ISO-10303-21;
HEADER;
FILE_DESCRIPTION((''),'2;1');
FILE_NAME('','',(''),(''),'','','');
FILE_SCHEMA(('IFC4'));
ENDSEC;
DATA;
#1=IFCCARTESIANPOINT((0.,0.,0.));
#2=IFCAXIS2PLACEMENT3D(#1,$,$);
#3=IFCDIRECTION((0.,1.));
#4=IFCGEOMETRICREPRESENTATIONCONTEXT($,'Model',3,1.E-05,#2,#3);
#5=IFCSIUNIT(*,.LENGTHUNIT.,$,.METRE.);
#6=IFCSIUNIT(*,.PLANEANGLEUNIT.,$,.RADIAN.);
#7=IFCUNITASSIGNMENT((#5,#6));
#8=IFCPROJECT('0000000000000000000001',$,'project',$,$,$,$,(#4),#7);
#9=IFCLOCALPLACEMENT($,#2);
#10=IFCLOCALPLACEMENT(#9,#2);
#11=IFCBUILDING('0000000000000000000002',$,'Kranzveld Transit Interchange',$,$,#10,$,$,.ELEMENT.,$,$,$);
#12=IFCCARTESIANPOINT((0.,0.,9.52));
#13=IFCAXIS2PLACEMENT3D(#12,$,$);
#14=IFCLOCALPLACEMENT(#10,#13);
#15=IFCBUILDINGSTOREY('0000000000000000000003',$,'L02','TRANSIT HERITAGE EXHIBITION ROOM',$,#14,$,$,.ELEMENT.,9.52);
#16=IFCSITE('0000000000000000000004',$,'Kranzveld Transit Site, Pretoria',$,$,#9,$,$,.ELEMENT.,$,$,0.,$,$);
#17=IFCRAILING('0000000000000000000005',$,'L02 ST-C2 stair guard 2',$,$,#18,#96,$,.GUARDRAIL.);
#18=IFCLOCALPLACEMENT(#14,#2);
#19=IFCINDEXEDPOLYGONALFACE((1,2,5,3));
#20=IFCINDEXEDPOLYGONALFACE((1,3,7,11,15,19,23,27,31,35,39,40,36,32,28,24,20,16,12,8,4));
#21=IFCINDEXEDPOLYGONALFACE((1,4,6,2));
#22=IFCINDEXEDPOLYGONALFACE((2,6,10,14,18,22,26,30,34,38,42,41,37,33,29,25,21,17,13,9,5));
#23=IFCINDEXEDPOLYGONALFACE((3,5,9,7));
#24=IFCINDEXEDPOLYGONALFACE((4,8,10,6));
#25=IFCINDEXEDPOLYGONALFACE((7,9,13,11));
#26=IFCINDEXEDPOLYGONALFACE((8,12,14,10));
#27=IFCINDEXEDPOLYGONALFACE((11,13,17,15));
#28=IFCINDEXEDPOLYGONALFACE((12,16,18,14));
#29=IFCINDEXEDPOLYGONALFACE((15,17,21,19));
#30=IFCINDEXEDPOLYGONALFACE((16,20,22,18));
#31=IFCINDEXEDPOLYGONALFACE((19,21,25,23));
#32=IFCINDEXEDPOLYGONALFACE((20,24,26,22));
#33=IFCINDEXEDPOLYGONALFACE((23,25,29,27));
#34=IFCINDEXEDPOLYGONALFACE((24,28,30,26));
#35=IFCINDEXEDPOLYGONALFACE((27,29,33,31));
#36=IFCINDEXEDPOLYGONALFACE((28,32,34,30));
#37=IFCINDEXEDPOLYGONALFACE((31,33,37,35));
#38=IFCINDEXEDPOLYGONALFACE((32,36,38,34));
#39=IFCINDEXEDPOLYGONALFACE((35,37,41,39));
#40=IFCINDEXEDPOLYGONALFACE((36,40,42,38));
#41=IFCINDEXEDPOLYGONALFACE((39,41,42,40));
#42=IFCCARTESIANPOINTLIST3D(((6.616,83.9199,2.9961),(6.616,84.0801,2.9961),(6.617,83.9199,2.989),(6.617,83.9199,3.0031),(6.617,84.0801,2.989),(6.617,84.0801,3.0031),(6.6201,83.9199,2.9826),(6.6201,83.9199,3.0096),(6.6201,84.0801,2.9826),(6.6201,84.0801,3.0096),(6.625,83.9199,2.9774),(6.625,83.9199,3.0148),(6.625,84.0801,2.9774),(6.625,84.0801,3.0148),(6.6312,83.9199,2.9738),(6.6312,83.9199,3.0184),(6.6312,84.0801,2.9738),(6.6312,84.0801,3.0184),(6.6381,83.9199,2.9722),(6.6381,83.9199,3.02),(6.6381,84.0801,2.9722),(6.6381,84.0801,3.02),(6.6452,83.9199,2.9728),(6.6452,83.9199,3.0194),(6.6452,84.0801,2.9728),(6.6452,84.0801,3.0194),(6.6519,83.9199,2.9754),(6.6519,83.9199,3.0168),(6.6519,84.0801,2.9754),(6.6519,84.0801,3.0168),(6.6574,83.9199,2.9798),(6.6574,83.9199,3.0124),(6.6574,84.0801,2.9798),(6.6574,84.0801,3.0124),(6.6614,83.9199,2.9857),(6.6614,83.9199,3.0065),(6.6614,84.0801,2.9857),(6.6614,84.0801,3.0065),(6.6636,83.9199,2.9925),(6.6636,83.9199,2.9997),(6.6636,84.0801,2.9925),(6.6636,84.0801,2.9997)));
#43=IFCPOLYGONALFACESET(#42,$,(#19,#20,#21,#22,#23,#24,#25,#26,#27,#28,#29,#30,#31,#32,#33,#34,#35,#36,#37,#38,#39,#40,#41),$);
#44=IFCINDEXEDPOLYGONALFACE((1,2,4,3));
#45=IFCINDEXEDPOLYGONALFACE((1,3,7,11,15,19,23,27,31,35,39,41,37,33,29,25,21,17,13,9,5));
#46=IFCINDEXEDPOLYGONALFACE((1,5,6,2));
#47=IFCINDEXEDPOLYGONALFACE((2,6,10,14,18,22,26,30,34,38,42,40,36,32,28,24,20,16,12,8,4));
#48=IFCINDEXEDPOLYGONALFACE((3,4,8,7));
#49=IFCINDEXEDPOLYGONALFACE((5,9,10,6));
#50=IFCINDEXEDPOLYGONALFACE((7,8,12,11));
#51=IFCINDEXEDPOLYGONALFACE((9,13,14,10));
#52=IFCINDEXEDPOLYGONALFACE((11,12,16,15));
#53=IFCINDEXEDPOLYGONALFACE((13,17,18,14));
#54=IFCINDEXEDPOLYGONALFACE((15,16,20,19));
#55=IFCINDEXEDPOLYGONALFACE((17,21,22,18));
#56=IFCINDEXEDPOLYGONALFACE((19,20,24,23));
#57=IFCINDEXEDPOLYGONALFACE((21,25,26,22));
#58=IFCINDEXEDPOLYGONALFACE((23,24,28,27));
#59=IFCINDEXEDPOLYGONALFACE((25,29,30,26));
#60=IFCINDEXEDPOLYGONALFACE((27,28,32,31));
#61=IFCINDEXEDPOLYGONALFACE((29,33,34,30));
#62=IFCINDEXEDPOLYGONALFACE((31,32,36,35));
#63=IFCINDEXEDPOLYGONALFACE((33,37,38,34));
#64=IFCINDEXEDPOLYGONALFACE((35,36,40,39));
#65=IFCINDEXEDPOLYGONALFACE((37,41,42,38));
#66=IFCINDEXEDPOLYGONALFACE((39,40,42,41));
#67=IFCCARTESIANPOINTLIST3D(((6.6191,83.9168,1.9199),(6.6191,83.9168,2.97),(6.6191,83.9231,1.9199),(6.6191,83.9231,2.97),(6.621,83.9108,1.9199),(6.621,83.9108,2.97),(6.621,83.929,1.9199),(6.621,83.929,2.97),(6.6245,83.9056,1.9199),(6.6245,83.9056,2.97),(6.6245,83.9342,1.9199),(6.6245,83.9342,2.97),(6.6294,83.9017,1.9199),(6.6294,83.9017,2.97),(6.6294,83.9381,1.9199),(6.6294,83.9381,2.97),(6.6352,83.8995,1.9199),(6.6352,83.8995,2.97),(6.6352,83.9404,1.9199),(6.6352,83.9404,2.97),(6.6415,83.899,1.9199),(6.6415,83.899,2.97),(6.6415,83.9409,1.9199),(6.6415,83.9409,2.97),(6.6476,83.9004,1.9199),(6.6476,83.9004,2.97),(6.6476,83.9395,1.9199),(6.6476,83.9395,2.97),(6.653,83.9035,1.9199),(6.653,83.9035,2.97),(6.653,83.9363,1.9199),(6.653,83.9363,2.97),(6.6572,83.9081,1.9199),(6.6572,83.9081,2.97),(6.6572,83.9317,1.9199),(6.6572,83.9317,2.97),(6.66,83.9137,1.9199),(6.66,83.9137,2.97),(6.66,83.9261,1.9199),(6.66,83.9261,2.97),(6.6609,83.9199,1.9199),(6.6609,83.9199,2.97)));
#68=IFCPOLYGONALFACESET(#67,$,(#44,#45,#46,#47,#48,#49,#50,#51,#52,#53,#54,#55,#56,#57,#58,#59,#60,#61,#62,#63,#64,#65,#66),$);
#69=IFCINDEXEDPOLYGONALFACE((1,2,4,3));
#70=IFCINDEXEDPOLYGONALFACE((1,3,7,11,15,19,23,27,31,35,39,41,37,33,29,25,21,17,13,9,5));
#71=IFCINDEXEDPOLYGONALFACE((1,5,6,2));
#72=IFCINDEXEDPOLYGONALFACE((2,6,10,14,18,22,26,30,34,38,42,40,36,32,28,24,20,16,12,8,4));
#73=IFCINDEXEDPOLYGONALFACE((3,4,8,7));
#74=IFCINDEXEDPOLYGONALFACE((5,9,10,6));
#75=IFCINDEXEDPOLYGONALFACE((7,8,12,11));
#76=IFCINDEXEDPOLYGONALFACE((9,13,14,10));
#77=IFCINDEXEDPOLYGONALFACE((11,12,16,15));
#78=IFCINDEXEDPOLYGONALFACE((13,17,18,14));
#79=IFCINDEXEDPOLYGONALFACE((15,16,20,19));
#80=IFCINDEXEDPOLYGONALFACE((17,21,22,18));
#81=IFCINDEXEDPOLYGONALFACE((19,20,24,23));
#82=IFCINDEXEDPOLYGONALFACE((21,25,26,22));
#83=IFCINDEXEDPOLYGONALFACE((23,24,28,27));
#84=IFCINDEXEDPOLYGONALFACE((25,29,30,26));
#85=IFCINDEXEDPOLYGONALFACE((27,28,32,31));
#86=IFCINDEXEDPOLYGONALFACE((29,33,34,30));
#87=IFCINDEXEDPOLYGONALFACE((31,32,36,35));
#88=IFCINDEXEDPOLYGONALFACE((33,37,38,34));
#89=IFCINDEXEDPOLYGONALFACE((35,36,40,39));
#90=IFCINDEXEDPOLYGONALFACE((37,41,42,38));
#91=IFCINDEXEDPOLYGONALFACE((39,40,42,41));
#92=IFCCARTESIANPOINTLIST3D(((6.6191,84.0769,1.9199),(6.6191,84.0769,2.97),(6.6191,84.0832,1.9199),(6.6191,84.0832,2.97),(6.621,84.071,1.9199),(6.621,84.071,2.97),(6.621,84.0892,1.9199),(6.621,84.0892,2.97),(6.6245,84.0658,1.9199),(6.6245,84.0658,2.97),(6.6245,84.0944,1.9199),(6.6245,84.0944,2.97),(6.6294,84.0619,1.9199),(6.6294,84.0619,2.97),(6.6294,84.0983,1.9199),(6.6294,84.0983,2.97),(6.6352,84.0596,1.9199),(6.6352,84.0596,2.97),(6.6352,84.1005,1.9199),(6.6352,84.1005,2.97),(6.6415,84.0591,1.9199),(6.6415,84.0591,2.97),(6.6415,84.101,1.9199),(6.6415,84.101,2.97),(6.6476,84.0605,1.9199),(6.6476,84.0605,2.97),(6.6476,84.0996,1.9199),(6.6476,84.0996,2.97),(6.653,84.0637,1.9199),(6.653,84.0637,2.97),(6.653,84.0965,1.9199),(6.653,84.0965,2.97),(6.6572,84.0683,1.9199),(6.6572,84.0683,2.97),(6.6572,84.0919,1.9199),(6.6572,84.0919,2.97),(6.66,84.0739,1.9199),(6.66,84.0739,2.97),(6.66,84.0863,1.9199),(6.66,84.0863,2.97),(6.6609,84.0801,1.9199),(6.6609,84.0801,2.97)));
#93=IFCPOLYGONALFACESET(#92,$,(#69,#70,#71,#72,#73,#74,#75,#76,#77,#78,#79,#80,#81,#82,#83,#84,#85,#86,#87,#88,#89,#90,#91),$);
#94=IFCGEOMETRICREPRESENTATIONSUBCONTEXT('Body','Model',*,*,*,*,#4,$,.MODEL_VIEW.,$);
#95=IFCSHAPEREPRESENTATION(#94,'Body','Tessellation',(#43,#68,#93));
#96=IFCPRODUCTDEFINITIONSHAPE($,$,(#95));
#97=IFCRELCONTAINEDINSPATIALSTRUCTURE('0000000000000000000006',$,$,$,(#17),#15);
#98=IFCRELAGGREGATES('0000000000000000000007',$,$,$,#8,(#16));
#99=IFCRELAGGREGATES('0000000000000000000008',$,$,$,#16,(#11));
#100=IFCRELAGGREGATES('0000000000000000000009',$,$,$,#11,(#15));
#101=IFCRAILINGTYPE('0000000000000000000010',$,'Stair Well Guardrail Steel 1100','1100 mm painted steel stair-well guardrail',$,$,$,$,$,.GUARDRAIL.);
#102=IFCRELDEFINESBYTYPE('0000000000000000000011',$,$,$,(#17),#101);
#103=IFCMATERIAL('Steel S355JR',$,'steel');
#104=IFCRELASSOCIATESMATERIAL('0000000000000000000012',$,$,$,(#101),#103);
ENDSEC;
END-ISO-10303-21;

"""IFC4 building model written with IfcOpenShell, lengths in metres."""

from ifc_helpers import new_model, si_unit, direction, frame, origin, origin_2d, place, context, subcontext, project, spatial, circle, extrude, material, type_object, element, save


model = new_model("IFC4")

# Units and contexts
model_context = context("Model", 3, precision=1e-05, world=origin(), true_north=direction((0.0, 1.0)))
body_context = subcontext(model_context, "Body", "Model", "MODEL_VIEW")
ifc_project = project(units=[si_unit("LENGTHUNIT", "METRE"), si_unit("PLANEANGLEUNIT", "RADIAN")], contexts=[model_context])

# Site, building, storey
site_placement = place(None, origin())
site = spatial("IfcSite", under=ifc_project, at=site_placement, Name="Kranzveld Transit Site, Pretoria", CompositionType="ELEMENT", RefElevation=0.0)
building_placement = place(site_placement, origin())
building = spatial("IfcBuilding", under=site, at=building_placement, Name="Kranzveld Transit Interchange", CompositionType="ELEMENT")
storey_placement = place(building_placement, frame((0.0, 0.0, 9.52)))
storey = spatial("IfcBuildingStorey", under=building, at=storey_placement, Name="L02", Description="TRANSIT HERITAGE EXHIBITION ROOM", CompositionType="ELEMENT", Elevation=9.52)

# Railing
ifc_material_1 = material(Name="Steel S355JR", Category="steel")
railing_type_1 = type_object("IfcRailingType", Name="Stair Well Guardrail Steel 1100", Description="1100 mm painted steel stair-well guardrail", PredefinedType="GUARDRAIL", material=ifc_material_1)
railing_1_placement = place(storey_placement, frame((6.6399, 83.9199, 1.9199)))
element("IfcRailing", 1, at=railing_1_placement, inside=storey, type_object=railing_type_1, Name="L02 ST-C2 stair guard 2", PredefinedType="GUARDRAIL", context=body_context, shape_type="SweptSolid", body=[
    extrude(circle(Radius=0.0239, at=origin_2d()), frame((0.0, 0.0, 1.0762), z_axis=(0.0, 1.0, 0.0), x_axis=(-1.0, 0.0, 0.0)), (0.0, 0.0, 1.0), 0.1602),
    extrude(circle(Radius=0.021, at=origin_2d()), origin(), (0.0, 0.0, 1.0), 1.05),
    extrude(circle(Radius=0.021, at=origin_2d()), frame((0.0, 0.1602, 0.0)), (0.0, 0.0, 1.0), 1.05),
])

save(model, "model.ifc")
